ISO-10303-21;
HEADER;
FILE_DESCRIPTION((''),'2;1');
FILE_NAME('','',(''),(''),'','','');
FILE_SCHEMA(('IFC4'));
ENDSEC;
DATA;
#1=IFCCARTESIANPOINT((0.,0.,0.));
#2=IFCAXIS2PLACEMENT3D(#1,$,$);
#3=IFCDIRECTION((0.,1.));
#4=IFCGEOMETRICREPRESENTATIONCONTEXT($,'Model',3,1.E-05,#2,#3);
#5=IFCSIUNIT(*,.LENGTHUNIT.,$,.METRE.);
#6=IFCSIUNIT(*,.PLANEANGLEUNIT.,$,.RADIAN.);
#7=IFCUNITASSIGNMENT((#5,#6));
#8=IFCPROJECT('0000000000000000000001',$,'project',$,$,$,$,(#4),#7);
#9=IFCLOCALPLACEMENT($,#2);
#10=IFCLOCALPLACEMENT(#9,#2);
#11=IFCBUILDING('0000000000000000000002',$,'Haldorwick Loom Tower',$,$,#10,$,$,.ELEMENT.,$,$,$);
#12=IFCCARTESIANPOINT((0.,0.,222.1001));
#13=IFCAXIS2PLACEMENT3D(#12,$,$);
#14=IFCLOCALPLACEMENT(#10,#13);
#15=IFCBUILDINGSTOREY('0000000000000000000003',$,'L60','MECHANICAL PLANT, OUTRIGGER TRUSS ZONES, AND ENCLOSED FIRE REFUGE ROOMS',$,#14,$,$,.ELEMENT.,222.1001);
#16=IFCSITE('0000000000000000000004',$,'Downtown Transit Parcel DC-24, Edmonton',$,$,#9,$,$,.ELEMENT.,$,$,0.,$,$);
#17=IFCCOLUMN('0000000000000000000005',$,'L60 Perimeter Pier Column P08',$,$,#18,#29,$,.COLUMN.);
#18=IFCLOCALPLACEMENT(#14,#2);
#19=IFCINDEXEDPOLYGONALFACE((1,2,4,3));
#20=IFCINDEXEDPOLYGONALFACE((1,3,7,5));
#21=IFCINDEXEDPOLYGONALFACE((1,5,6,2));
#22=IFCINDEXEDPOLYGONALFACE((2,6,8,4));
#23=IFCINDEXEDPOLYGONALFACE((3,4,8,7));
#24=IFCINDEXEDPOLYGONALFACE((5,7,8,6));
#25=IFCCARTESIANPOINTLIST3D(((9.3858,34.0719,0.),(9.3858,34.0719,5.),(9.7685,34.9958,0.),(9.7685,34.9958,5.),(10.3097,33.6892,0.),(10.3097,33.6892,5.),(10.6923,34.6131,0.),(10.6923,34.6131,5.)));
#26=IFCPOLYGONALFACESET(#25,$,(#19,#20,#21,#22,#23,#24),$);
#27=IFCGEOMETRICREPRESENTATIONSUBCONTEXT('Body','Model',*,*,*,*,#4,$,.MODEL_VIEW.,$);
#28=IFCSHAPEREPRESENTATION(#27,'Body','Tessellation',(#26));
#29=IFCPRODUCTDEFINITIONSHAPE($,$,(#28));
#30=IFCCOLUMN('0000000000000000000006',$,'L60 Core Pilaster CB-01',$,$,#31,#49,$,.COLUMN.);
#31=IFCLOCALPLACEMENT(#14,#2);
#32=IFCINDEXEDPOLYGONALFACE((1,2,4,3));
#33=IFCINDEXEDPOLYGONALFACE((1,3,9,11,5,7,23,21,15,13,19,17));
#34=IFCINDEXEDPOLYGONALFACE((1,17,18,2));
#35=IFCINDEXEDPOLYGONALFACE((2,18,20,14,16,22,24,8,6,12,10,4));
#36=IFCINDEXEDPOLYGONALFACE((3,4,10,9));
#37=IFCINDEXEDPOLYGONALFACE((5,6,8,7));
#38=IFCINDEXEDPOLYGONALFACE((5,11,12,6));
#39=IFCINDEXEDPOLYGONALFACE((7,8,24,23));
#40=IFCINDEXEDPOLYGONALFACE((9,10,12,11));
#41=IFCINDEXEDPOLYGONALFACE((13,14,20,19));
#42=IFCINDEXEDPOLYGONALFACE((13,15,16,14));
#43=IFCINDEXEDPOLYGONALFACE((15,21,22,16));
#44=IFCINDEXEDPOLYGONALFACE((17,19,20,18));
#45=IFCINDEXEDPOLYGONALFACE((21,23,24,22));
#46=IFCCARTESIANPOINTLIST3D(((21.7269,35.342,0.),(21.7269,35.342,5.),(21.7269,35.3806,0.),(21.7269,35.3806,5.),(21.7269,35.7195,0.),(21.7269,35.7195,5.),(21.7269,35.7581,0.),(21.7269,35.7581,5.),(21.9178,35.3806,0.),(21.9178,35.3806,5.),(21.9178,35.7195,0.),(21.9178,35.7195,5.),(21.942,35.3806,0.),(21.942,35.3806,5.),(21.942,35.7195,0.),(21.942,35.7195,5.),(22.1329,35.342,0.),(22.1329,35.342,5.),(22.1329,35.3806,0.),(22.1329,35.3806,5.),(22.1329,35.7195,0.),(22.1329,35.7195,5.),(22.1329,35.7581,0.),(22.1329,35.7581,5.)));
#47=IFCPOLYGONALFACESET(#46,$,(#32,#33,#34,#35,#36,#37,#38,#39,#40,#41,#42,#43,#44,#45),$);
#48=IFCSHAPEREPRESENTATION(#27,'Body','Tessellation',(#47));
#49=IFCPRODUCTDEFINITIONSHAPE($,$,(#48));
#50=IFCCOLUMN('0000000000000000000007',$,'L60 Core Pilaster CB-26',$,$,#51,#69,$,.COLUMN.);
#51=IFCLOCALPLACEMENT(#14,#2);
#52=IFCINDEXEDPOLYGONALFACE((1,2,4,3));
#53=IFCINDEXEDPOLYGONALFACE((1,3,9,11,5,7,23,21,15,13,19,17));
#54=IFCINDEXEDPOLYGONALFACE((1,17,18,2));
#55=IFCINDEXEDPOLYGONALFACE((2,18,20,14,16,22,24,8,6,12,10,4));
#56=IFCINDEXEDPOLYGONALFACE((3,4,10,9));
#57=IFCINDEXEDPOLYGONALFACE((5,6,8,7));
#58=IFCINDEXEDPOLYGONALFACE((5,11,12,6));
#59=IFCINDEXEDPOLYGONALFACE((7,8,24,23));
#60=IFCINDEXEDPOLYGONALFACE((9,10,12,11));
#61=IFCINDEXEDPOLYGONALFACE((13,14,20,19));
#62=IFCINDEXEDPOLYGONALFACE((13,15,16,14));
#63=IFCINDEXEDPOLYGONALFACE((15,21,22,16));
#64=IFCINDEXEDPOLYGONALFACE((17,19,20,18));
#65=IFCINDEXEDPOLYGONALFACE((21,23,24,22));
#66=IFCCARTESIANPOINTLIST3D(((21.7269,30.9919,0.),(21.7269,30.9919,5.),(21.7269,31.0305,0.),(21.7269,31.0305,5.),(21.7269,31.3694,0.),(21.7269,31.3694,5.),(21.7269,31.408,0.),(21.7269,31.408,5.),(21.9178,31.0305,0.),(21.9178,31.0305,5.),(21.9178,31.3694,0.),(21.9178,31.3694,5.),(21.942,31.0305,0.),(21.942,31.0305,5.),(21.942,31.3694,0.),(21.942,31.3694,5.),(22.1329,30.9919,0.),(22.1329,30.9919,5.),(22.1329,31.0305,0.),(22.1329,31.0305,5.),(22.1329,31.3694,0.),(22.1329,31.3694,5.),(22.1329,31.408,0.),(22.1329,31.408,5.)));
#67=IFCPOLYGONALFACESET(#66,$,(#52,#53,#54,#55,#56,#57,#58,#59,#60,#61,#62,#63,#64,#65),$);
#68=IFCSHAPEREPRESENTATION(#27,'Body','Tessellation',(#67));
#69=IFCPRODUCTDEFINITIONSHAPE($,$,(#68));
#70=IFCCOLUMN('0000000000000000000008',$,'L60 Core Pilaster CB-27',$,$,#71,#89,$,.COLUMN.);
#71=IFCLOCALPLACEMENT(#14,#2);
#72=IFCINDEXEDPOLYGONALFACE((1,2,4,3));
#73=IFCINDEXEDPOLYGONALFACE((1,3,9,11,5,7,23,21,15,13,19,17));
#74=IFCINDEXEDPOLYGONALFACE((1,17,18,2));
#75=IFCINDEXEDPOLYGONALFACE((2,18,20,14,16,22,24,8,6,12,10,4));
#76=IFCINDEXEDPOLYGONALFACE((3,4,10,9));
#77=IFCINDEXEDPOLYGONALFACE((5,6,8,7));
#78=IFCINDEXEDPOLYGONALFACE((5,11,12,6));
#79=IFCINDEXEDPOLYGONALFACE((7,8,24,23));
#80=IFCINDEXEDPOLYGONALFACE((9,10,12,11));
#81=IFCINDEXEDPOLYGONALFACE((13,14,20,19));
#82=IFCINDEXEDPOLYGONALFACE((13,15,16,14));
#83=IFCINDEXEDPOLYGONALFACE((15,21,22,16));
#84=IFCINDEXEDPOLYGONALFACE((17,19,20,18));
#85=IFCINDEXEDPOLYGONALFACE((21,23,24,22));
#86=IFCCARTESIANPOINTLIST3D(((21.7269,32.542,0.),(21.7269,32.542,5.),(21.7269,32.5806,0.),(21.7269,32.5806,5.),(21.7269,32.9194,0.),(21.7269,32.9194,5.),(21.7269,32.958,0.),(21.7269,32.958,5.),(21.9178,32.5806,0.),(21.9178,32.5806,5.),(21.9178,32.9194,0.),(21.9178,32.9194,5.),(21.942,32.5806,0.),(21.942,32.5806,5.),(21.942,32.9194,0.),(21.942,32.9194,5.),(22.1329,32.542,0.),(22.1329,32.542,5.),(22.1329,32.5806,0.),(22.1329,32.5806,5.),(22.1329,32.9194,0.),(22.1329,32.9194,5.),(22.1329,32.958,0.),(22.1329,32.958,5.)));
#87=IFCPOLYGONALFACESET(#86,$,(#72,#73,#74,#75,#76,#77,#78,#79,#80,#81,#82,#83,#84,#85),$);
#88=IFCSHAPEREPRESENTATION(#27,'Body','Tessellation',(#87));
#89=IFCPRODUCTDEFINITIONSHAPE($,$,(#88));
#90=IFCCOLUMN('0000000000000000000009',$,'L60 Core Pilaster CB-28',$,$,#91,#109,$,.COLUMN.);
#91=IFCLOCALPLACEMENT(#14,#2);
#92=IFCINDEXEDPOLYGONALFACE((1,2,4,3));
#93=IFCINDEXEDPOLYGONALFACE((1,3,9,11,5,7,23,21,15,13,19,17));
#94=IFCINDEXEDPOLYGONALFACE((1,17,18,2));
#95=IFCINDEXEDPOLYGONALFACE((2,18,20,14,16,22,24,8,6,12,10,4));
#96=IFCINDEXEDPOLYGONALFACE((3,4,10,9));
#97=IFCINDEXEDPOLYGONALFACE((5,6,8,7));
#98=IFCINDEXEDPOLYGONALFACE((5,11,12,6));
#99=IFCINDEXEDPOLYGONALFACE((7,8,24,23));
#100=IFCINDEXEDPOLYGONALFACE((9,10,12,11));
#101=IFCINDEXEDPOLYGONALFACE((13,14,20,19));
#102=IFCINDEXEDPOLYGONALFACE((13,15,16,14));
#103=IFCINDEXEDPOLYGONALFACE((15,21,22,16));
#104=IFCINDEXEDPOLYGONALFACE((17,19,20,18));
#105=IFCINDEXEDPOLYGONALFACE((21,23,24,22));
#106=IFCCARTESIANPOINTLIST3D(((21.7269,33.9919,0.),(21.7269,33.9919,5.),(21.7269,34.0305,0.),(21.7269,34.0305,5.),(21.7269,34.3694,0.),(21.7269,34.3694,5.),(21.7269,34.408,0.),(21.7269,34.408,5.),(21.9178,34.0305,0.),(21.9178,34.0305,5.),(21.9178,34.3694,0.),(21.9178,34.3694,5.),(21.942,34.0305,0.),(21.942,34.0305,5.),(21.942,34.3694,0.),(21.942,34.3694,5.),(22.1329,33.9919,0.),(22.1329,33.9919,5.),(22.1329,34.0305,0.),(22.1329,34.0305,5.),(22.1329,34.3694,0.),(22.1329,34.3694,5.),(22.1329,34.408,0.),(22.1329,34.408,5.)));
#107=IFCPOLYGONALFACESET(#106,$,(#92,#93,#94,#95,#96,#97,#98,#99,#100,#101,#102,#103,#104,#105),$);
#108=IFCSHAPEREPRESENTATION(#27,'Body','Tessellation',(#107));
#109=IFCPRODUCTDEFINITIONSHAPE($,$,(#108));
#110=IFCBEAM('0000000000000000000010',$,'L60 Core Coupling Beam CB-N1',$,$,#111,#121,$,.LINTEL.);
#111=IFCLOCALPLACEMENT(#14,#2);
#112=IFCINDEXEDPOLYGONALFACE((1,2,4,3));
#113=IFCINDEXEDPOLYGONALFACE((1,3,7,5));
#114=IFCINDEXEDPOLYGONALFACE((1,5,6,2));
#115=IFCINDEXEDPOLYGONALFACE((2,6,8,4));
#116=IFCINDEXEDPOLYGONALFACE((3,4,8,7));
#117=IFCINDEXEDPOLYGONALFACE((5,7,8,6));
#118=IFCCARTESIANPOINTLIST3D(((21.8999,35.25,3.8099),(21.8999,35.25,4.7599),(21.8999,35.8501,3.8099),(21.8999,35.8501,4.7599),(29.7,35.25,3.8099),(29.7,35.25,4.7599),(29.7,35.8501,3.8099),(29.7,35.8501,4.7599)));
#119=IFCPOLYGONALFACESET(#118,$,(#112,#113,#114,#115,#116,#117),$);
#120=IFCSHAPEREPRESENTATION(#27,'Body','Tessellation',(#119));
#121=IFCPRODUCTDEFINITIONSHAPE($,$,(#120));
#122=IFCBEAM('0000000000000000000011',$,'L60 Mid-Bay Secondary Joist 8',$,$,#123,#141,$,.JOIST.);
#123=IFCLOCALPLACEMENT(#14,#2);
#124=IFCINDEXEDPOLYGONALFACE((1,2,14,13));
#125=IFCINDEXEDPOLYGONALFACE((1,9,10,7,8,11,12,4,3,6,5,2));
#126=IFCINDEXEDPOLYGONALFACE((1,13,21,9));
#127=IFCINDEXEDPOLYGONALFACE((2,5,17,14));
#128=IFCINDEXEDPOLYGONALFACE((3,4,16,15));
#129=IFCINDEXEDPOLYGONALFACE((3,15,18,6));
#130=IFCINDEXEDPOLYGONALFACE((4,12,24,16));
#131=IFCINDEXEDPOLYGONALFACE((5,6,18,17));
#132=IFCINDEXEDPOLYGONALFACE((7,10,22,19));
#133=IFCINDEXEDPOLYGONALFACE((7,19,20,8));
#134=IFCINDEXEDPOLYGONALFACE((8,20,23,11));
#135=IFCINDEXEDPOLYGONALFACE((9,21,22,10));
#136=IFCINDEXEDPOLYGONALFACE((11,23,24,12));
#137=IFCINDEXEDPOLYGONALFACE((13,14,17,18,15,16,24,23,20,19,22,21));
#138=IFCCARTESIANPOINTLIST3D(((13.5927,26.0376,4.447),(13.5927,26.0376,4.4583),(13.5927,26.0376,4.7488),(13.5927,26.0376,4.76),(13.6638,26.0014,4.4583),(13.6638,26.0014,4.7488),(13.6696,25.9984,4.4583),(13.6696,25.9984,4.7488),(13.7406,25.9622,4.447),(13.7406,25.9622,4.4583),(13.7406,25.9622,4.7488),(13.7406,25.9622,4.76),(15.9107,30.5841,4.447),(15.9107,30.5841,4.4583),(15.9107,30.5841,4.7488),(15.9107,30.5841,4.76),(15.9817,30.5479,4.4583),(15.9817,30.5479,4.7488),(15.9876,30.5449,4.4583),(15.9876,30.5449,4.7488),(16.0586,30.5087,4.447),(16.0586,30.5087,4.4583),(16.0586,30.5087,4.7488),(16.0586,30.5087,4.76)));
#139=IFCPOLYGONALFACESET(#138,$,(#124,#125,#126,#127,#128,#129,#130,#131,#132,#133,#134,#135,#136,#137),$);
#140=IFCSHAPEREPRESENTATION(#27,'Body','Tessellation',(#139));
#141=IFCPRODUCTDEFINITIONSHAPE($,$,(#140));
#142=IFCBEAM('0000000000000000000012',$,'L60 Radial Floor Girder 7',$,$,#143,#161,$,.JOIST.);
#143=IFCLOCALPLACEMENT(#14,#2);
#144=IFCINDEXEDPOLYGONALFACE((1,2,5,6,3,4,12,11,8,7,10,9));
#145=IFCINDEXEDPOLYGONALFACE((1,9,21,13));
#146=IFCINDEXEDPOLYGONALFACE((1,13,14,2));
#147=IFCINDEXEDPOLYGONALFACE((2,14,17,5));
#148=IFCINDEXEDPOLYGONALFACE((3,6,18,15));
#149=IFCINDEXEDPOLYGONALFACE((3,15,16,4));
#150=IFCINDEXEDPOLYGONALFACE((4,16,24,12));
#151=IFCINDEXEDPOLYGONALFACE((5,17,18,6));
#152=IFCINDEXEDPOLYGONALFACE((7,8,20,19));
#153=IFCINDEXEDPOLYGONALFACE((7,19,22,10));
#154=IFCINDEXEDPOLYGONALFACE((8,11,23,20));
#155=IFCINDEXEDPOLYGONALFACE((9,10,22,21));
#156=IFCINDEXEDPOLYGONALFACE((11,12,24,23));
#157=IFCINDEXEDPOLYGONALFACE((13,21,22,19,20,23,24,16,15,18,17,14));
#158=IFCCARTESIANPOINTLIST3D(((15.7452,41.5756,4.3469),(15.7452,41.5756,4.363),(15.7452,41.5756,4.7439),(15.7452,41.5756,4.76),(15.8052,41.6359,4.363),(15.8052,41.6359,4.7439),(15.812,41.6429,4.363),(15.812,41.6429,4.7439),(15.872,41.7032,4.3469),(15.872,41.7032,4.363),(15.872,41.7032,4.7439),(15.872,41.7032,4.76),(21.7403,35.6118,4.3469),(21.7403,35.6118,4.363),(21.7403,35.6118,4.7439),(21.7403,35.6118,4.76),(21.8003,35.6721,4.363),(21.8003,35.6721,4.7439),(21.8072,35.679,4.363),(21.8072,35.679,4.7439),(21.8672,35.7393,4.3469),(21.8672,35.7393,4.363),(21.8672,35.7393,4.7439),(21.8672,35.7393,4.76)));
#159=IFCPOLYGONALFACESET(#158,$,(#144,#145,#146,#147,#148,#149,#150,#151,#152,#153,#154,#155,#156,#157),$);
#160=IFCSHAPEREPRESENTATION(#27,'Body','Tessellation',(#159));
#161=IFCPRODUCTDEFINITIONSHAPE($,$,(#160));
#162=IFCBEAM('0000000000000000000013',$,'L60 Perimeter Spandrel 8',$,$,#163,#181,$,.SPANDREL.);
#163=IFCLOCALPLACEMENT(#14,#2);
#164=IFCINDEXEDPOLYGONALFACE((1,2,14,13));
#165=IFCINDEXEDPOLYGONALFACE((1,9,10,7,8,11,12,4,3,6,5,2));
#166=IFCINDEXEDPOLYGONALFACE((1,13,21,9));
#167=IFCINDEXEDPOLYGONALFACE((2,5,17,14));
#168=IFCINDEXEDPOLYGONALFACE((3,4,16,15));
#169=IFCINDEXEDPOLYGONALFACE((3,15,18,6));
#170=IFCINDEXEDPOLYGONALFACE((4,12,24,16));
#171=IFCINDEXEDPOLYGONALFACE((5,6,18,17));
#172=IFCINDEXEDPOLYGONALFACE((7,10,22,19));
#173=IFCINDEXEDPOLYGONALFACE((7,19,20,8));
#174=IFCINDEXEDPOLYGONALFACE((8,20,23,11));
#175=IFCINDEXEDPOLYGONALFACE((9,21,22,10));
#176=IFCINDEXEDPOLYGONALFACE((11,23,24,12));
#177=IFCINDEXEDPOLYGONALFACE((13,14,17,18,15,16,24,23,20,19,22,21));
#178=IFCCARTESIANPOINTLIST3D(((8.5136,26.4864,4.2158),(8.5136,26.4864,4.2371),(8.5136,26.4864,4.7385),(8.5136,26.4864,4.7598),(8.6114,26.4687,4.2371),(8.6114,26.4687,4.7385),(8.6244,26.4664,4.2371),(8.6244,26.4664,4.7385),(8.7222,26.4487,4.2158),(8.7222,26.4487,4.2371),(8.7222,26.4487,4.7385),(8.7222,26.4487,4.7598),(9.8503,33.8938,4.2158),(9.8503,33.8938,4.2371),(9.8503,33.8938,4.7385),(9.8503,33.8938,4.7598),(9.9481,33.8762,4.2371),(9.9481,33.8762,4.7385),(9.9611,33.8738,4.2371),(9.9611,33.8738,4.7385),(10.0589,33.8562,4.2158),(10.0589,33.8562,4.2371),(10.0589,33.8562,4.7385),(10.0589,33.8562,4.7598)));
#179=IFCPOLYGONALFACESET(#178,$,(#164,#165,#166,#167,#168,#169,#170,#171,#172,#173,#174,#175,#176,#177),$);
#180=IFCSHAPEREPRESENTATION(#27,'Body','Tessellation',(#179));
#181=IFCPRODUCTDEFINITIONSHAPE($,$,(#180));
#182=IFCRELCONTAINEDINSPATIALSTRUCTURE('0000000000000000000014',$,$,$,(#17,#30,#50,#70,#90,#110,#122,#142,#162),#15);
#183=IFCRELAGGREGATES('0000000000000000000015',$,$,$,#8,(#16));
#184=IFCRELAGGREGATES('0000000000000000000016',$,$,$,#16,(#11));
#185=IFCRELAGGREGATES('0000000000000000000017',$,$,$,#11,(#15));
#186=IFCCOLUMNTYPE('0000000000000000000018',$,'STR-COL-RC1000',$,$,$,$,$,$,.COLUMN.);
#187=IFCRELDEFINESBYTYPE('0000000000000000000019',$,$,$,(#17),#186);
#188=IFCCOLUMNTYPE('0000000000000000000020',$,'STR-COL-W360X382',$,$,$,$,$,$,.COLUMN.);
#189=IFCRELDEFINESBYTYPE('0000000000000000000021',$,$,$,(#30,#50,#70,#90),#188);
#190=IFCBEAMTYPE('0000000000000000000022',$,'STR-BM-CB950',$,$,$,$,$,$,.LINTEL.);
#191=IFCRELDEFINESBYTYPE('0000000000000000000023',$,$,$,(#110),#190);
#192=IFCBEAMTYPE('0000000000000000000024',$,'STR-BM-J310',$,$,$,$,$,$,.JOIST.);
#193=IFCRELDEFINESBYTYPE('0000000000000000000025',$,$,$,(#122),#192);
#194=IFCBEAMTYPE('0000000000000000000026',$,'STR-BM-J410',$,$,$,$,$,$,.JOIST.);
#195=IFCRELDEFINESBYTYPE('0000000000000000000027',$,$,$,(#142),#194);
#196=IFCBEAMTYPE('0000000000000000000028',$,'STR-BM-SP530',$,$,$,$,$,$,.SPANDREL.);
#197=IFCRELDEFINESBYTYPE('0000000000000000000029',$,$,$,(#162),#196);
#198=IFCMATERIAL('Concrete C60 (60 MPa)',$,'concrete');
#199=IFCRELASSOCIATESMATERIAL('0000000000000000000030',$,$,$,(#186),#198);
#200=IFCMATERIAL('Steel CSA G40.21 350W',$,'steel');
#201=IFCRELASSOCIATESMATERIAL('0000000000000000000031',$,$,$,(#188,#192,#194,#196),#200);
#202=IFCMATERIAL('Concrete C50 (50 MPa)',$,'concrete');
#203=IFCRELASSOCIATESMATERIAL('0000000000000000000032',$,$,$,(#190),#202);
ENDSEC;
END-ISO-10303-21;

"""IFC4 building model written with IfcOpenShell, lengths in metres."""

from ifc_helpers import new_model, si_unit, direction, frame, origin, origin_2d, place, context, subcontext, project, spatial, rectangle, i_section, extrude, material, material_profile, profile_set, type_object, element, save


model = new_model("IFC4")

# Units and contexts
model_context = context("Model", 3, precision=1e-05, world=origin(), true_north=direction((0.0, 1.0)))
body_context = subcontext(model_context, "Body", "Model", "MODEL_VIEW")
ifc_project = project(units=[si_unit("LENGTHUNIT", "METRE"), si_unit("PLANEANGLEUNIT", "RADIAN")], contexts=[model_context])

# Site, building, storey
site_placement = place(None, origin())
site = spatial("IfcSite", under=ifc_project, at=site_placement, Name="Downtown Transit Parcel DC-24, Edmonton", CompositionType="ELEMENT", RefElevation=0.0)
building_placement = place(site_placement, origin())
building = spatial("IfcBuilding", under=site, at=building_placement, Name="Haldorwick Loom Tower", CompositionType="ELEMENT")
storey_placement = place(building_placement, frame((0.0, 0.0, 222.1001)))
storey = spatial("IfcBuildingStorey", under=building, at=storey_placement, Name="L60", Description="MECHANICAL PLANT, OUTRIGGER TRUSS ZONES, AND ENCLOSED FIRE REFUGE ROOMS", CompositionType="ELEMENT", Elevation=222.1001)

# Columns
ifc_material_1 = material(Name="Concrete C60 (60 MPa)", Category="concrete")
ifc_material_profile_1 = material_profile(ifc_material_1, rectangle(XDim=1.0, YDim=1.0, at=origin_2d()), Name="RC1000X1000", Category="concrete")
ifc_profile_set_1 = profile_set([ifc_material_profile_1], Name="Concrete C60 (60 MPa)")
column_type_1 = type_object("IfcColumnType", Name="STR-COL-RC1000", PredefinedType="COLUMN", material=ifc_profile_set_1)
column_placement = place(storey_placement, frame((10.0391, 34.3425, 0.0), z_axis=(0.0, 0.0, 1.0), x_axis=(-0.92388, 0.382683, 0.0)))
element("IfcColumn", 1, at=column_placement, inside=storey, type_object=column_type_1, Name="L60 Perimeter Pier Column P08", PredefinedType="COLUMN", context=body_context, shape_type="SweptSolid", body=[
    extrude(rectangle(XDim=1.0, YDim=1.0, at=origin_2d()), origin(), (0.0, 0.0, 1.0), 5.0),
])
ifc_material_2 = material(Name="Steel CSA G40.21 350W", Category="steel")
ifc_material_profile_2 = material_profile(ifc_material_2, i_section(OverallWidth=0.406, OverallDepth=0.416, WebThickness=0.0242, FlangeThickness=0.0386, at=origin_2d()), Name="W360X382", Category="steel")
ifc_profile_set_2 = profile_set([ifc_material_profile_2], Name="Steel CSA G40.21 350W")
column_type_2 = type_object("IfcColumnType", Name="STR-COL-W360X382", PredefinedType="COLUMN", material=ifc_profile_set_2)
for number, where, z_axis, x_axis, name in (
    (2, (21.9299, 35.55, 0.0), (0.0, 0.0, 1.0), (1.0, 0.0, 0.0), "L60 Core Pilaster CB-01"),
    (3, (21.9299, 31.2, 0.0), (0.0, 0.0, 1.0), (1.0, 0.0, 0.0), "L60 Core Pilaster CB-26"),
    (4, (21.9299, 32.75, 0.0), (0.0, 0.0, 1.0), (1.0, 0.0, 0.0), "L60 Core Pilaster CB-27"),
    (5, (21.9299, 34.2, 0.0), (0.0, 0.0, 1.0), (1.0, 0.0, 0.0), "L60 Core Pilaster CB-28"),
):
    element("IfcColumn", number, at=place(storey_placement, frame(where, z_axis=z_axis, x_axis=x_axis)), inside=storey, type_object=column_type_2, Name=name, PredefinedType="COLUMN", context=body_context, shape_type="SweptSolid", body=[
        extrude(i_section(OverallWidth=0.406, OverallDepth=0.416, WebThickness=0.0242, FlangeThickness=0.0386, at=origin_2d()), origin(), (0.0, 0.0, 1.0), 5.0),
    ])

# Beams
ifc_material_3 = material(Name="Concrete C50 (50 MPa)", Category="concrete")
ifc_material_profile_3 = material_profile(ifc_material_3, rectangle(XDim=0.6001, YDim=0.95, at=origin_2d()), Name="RC600X950", Category="concrete")
ifc_profile_set_3 = profile_set([ifc_material_profile_3], Name="Concrete C50 (50 MPa)")
beam_type_1 = type_object("IfcBeamType", Name="STR-BM-CB950", PredefinedType="LINTEL", material=ifc_profile_set_3)
beam_1_placement = place(storey_placement, frame((21.8999, 35.55, 4.2849), z_axis=(1.0, 0.0, 0.0), x_axis=(0.0, 1.0, 0.0)))
element("IfcBeam", 6, at=beam_1_placement, inside=storey, type_object=beam_type_1, Name="L60 Core Coupling Beam CB-N1", PredefinedType="LINTEL", context=body_context, shape_type="SweptSolid", body=[
    extrude(rectangle(XDim=0.6001, YDim=0.95, at=origin_2d()), origin(), (0.0, 0.0, 1.0), 7.8),
])
ifc_material_profile_4 = material_profile(ifc_material_2, i_section(OverallWidth=0.166, OverallDepth=0.313, WebThickness=0.0066, FlangeThickness=0.0112, at=origin_2d()), Name="W310X45", Category="steel")
ifc_profile_set_4 = profile_set([ifc_material_profile_4], Name="Steel CSA G40.21 350W")
beam_type_2 = type_object("IfcBeamType", Name="STR-BM-J310", PredefinedType="JOIST", material=ifc_profile_set_4)
beam_2_placement = place(storey_placement, frame((15.9846, 30.5464, 4.6035), z_axis=(-0.454204, -0.890898, 0.0), x_axis=(0.890898, -0.454204, 0.0)))
element("IfcBeam", 7, at=beam_2_placement, inside=storey, type_object=beam_type_2, Name="L60 Mid-Bay Secondary Joist 8", PredefinedType="JOIST", context=body_context, shape_type="SweptSolid", body=[
    extrude(i_section(OverallWidth=0.166, OverallDepth=0.313, WebThickness=0.0066, FlangeThickness=0.0112, at=origin_2d()), origin(), (0.0, 0.0, 1.0), 5.1033),
])
ifc_material_profile_5 = material_profile(ifc_material_2, i_section(OverallWidth=0.1799, OverallDepth=0.4131, WebThickness=0.0098, FlangeThickness=0.0161, at=origin_2d()), Name="W410X74", Category="steel")
ifc_profile_set_5 = profile_set([ifc_material_profile_5], Name="Steel CSA G40.21 350W")
beam_type_3 = type_object("IfcBeamType", Name="STR-BM-J410", PredefinedType="JOIST", material=ifc_profile_set_5)
beam_3_placement = place(storey_placement, frame((21.8037, 35.6755, 4.5535), z_axis=(-0.708952, 0.705257, 0.0), x_axis=(-0.705257, -0.708952, 0.0)))
element("IfcBeam", 8, at=beam_3_placement, inside=storey, type_object=beam_type_3, Name="L60 Radial Floor Girder 7", PredefinedType="JOIST", context=body_context, shape_type="SweptSolid", body=[
    extrude(i_section(OverallWidth=0.1799, OverallDepth=0.4131, WebThickness=0.0098, FlangeThickness=0.0161, at=origin_2d()), origin(), (0.0, 0.0, 1.0), 8.4563),
])
ifc_material_profile_6 = material_profile(ifc_material_2, i_section(OverallWidth=0.2119, OverallDepth=0.5439, WebThickness=0.0132, FlangeThickness=0.0212, at=origin_2d()), Name="W530X123", Category="steel")
ifc_profile_set_6 = profile_set([ifc_material_profile_6], Name="Steel CSA G40.21 350W")
beam_type_4 = type_object("IfcBeamType", Name="STR-BM-SP530", PredefinedType="SPANDREL", material=ifc_profile_set_6)
beam_4_placement = place(storey_placement, frame((9.9546, 33.875, 4.4878), z_axis=(-0.177581, -0.984106, 0.0), x_axis=(0.984106, -0.177581, 0.0)))
element("IfcBeam", 9, at=beam_4_placement, inside=storey, type_object=beam_type_4, Name="L60 Perimeter Spandrel 8", PredefinedType="SPANDREL", context=body_context, shape_type="SweptSolid", body=[
    extrude(i_section(OverallWidth=0.2119, OverallDepth=0.5439, WebThickness=0.0132, FlangeThickness=0.0212, at=origin_2d()), origin(), (0.0, 0.0, 1.0), 7.5271),
])

save(model, "model.ifc")
